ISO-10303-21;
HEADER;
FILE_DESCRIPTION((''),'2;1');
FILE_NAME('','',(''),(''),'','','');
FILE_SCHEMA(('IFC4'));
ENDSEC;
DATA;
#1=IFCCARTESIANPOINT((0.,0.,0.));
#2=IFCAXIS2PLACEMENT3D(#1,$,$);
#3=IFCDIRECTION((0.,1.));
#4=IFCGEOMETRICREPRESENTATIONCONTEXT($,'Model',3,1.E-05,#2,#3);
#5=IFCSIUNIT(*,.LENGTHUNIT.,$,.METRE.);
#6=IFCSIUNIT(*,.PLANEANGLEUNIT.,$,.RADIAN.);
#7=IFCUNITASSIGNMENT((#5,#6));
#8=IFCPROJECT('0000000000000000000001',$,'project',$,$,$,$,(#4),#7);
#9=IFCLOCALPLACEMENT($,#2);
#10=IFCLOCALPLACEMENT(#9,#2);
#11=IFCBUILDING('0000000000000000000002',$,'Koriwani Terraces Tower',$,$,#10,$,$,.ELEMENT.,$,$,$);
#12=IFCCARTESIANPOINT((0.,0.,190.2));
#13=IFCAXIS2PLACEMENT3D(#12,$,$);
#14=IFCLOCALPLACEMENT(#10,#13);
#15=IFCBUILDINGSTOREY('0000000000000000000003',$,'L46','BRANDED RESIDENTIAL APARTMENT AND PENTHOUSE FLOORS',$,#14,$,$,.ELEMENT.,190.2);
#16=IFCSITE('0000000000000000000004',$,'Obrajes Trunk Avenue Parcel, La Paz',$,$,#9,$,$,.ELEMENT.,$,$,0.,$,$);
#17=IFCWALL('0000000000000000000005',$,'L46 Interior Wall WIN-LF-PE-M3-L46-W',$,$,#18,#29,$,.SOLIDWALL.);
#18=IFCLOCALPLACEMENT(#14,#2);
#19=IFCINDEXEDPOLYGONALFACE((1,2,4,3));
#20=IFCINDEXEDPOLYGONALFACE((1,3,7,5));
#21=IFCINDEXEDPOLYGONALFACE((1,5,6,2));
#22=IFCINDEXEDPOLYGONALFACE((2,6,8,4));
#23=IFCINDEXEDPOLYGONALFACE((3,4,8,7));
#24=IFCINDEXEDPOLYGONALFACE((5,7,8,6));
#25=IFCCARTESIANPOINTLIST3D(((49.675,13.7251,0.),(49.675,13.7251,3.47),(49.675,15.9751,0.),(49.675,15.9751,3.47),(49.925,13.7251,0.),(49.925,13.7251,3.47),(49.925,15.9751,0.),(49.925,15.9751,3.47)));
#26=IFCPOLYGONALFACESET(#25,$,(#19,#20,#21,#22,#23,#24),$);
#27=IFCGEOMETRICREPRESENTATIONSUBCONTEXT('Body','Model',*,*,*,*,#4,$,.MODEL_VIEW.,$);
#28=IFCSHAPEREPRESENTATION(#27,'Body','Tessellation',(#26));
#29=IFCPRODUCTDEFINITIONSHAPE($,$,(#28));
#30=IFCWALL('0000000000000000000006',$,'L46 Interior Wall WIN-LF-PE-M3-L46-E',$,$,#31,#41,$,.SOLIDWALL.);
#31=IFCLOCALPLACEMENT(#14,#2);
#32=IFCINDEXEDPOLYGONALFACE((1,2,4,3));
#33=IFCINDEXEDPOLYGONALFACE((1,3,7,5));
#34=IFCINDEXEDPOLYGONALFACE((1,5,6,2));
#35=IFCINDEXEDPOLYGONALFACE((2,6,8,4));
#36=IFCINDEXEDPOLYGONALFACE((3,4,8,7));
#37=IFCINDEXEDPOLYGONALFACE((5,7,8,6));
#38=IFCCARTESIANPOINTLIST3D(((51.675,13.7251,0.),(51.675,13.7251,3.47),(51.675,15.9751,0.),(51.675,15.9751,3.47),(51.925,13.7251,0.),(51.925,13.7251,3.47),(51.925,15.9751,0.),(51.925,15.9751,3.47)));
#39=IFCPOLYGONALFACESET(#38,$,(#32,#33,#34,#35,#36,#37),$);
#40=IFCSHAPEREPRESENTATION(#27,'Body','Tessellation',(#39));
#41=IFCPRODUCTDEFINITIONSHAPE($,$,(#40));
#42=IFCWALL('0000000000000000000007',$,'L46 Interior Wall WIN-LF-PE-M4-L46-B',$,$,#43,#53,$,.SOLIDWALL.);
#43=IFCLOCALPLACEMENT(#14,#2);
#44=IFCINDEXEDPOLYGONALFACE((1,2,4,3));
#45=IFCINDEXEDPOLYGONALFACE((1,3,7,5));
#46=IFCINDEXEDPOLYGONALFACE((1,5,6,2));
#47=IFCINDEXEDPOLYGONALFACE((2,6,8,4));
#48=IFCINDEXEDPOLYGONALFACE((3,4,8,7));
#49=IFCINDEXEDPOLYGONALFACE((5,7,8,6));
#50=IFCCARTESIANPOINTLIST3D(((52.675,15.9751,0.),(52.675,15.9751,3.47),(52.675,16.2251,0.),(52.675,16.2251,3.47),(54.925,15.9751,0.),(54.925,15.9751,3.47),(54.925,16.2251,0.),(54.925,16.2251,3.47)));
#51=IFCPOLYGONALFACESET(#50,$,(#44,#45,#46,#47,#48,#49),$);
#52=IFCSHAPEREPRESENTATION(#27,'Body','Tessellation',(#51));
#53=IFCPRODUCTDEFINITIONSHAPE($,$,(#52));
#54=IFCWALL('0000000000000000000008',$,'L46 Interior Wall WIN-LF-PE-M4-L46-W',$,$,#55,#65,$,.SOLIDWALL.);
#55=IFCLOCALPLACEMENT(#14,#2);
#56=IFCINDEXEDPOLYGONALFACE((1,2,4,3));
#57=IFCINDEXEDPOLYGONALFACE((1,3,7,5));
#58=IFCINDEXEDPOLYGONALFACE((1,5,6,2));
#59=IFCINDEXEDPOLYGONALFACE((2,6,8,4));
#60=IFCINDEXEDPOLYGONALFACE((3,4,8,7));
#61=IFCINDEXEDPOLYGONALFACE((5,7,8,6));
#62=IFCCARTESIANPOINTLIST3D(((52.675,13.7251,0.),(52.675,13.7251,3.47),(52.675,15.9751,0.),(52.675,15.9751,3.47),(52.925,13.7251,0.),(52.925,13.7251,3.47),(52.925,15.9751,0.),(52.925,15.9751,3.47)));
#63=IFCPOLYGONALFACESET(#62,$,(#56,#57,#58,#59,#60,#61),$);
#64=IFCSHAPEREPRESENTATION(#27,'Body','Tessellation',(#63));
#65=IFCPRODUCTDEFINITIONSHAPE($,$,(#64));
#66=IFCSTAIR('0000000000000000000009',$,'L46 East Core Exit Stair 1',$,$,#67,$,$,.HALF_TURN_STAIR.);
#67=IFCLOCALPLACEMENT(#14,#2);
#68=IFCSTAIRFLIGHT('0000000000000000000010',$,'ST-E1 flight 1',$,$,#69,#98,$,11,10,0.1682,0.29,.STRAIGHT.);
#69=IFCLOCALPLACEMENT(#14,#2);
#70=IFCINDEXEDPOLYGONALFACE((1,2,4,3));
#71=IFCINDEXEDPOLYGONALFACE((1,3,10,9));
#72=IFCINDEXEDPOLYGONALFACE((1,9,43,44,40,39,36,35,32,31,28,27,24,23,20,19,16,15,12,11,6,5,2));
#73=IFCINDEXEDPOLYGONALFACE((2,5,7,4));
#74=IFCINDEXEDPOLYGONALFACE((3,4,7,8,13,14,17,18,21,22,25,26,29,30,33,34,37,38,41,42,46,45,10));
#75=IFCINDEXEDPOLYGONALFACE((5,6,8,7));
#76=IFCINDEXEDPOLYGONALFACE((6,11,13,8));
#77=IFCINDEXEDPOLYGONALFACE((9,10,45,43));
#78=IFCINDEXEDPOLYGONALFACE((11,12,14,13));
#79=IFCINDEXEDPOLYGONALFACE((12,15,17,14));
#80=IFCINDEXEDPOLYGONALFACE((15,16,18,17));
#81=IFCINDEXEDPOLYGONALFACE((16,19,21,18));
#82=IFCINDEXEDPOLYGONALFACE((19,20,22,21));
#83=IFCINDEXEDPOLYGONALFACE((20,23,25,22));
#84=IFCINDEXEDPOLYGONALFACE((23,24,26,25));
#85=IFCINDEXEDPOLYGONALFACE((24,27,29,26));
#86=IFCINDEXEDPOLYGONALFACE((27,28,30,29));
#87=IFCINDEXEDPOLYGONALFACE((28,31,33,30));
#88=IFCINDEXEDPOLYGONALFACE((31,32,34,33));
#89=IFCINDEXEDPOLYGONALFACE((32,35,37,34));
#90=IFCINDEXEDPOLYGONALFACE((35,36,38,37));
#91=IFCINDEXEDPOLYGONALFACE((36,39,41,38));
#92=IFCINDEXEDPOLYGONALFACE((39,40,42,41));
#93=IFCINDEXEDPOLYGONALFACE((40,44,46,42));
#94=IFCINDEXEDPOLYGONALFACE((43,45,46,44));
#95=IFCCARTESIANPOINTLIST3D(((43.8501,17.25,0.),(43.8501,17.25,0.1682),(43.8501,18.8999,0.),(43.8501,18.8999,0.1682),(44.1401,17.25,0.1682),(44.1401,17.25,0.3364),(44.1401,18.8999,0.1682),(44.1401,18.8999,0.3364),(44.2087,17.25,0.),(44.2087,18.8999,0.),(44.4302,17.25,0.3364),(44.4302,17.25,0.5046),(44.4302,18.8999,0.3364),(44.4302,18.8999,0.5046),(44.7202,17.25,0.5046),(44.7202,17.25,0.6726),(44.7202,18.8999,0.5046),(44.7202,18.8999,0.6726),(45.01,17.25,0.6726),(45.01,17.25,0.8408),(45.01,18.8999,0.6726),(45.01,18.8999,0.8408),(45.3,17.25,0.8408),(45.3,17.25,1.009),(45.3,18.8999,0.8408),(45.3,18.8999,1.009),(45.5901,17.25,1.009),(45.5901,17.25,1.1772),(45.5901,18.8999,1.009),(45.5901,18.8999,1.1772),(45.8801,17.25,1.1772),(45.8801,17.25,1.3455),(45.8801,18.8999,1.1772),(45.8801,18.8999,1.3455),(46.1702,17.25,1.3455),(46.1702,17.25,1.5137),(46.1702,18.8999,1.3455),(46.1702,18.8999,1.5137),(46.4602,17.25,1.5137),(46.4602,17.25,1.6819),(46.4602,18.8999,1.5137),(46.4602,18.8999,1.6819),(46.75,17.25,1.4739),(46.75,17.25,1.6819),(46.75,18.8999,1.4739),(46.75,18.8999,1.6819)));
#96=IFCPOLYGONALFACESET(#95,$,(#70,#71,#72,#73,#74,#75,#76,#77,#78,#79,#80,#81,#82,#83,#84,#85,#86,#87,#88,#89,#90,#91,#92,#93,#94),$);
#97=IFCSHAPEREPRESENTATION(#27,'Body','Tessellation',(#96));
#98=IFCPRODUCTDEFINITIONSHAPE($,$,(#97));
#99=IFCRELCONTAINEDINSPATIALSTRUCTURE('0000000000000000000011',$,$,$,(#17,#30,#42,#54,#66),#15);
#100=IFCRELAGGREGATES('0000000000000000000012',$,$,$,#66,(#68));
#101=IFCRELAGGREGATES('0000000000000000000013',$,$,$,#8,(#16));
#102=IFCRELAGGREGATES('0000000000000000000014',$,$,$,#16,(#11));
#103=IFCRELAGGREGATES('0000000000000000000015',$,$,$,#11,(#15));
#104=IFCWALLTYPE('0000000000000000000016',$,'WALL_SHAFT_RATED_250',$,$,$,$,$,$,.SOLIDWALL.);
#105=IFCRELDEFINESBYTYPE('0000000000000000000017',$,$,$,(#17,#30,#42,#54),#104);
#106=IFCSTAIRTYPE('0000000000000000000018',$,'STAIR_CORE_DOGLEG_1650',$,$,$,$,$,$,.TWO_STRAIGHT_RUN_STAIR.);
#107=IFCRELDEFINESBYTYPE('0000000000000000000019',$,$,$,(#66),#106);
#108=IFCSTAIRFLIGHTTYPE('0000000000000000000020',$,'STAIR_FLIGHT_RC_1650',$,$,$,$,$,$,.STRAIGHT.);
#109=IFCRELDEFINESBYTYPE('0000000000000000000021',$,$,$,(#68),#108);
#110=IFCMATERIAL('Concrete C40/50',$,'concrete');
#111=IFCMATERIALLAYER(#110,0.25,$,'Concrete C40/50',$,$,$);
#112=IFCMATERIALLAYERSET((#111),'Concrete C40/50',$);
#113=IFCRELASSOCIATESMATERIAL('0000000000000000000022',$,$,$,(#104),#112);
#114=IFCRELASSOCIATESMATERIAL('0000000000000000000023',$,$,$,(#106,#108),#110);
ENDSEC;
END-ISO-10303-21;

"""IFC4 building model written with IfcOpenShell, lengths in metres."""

from ifc_helpers import new_model, si_unit, direction, frame, frame_2d, origin, place, context, subcontext, project, spatial, polyline, rectangle, outline, extrude, material, layer, layer_set, type_object, element, aggregate, save


model = new_model("IFC4")

# Units and contexts
model_context = context("Model", 3, precision=1e-05, world=origin(), true_north=direction((0.0, 1.0)))
body_context = subcontext(model_context, "Body", "Model", "MODEL_VIEW")
ifc_project = project(units=[si_unit("LENGTHUNIT", "METRE"), si_unit("PLANEANGLEUNIT", "RADIAN")], contexts=[model_context])

# Site, building, storey
site_placement = place(None, origin())
site = spatial("IfcSite", under=ifc_project, at=site_placement, Name="Obrajes Trunk Avenue Parcel, La Paz", CompositionType="ELEMENT", RefElevation=0.0)
building_placement = place(site_placement, origin())
building = spatial("IfcBuilding", under=site, at=building_placement, Name="Koriwani Terraces Tower", CompositionType="ELEMENT")
storey_placement = place(building_placement, frame((0.0, 0.0, 190.2)))
storey = spatial("IfcBuildingStorey", under=building, at=storey_placement, Name="L46", Description="BRANDED RESIDENTIAL APARTMENT AND PENTHOUSE FLOORS", CompositionType="ELEMENT", Elevation=190.2)

# Shared definitions
ifc_material_1 = material(Name="Concrete C40/50", Category="concrete")

# Shared definitions
ifc_layer_1 = layer(ifc_material_1, 0.25, Name="Concrete C40/50")
ifc_layer_set_1 = layer_set([ifc_layer_1], Name="Concrete C40/50")
wall_type_1 = type_object("IfcWallType", Name="WALL_SHAFT_RATED_250", PredefinedType="SOLIDWALL", material=ifc_layer_set_1)

# Walls
for number, where, z_axis, x_axis, name in (
    (1, (49.8, 13.7251, 0.0), (0.0, 0.0, 1.0), (0.0, 1.0, 0.0), "L46 Interior Wall WIN-LF-PE-M3-L46-W"),
    (2, (51.8, 13.7251, 0.0), (0.0, 0.0, 1.0), (0.0, 1.0, 0.0), "L46 Interior Wall WIN-LF-PE-M3-L46-E"),
):
    element("IfcWall", number, at=place(storey_placement, frame(where, z_axis=z_axis, x_axis=x_axis)), inside=storey, type_object=wall_type_1, Name=name, PredefinedType="SOLIDWALL", context=body_context, shape_type="SweptSolid", body=[
        extrude(rectangle(XDim=2.25, YDim=0.25, at=frame_2d((1.125, 0.0))), origin(), (0.0, 0.0, 1.0), 3.47),
    ])

# Walls
for number, where, z_axis, x_axis, name in (
    (3, (52.675, 16.1001, 0.0), (0.0, 0.0, 1.0), (1.0, 0.0, 0.0), "L46 Interior Wall WIN-LF-PE-M4-L46-B"),
    (4, (52.8, 13.7251, 0.0), (0.0, 0.0, 1.0), (0.0, 1.0, 0.0), "L46 Interior Wall WIN-LF-PE-M4-L46-W"),
):
    element("IfcWall", number, at=place(storey_placement, frame(where, z_axis=z_axis, x_axis=x_axis)), inside=storey, type_object=wall_type_1, Name=name, PredefinedType="SOLIDWALL", context=body_context, shape_type="SweptSolid", body=[
        extrude(rectangle(XDim=2.25, YDim=0.25, at=frame_2d((1.125, 0.0))), origin(), (0.0, 0.0, 1.0), 3.47),
    ])

# Stair, stair flight
stair_type = type_object("IfcStairType", Name="STAIR_CORE_DOGLEG_1650", PredefinedType="TWO_STRAIGHT_RUN_STAIR", material=ifc_material_1)
stair_placement = place(storey_placement, origin())
stair = element("IfcStair", 5, at=stair_placement, inside=storey, type_object=stair_type, Name="L46 East Core Exit Stair 1", PredefinedType="HALF_TURN_STAIR")
stair_flight_type = type_object("IfcStairFlightType", Name="STAIR_FLIGHT_RC_1650", PredefinedType="STRAIGHT", material=ifc_material_1)
stair_flight_placement = place(storey_placement, frame((43.8501, 18.075, 0.0), z_axis=(0.0, 0.0, 1.0), x_axis=(1.0, 0.0, 0.0)))
stair_flight = element("IfcStairFlight", 6, at=stair_flight_placement, type_object=stair_flight_type, Name="ST-E1 flight 1", NumberOfRisers=11, NumberOfTreads=10, PredefinedType="STRAIGHT", RiserHeight=0.1682, TreadLength=0.29, context=body_context, shape_type="SweptSolid", body=[
    extrude(outline(polyline([(0.0, 0.0), (0.0, 0.1682), (0.29, 0.1682), (0.29, 0.3364), (0.5801, 0.3364), (0.5801, 0.5046), (0.8701, 0.5046), (0.8701, 0.6726), (1.1599, 0.6726), (1.1599, 0.8408), (1.45, 0.8408), (1.45, 1.009), (1.74, 1.009), (1.74, 1.1772), (2.03, 1.1772), (2.03, 1.3455), (2.3201, 1.3455), (2.3201, 1.5137), (2.6101, 1.5137), (2.6101, 1.6819), (2.8999, 1.6819), (2.8999, 1.8501), (2.8999, 1.4739), (0.3586, 0.0), (0.0, 0.0)])), frame((0.0, 0.825, 0.0), z_axis=(0.0, -1.0, 0.0), x_axis=(1.0, 0.0, 0.0)), (0.0, 0.0, 1.0), 1.6499),
])
aggregate(stair, [stair_flight])

save(model, "model.ifc")
